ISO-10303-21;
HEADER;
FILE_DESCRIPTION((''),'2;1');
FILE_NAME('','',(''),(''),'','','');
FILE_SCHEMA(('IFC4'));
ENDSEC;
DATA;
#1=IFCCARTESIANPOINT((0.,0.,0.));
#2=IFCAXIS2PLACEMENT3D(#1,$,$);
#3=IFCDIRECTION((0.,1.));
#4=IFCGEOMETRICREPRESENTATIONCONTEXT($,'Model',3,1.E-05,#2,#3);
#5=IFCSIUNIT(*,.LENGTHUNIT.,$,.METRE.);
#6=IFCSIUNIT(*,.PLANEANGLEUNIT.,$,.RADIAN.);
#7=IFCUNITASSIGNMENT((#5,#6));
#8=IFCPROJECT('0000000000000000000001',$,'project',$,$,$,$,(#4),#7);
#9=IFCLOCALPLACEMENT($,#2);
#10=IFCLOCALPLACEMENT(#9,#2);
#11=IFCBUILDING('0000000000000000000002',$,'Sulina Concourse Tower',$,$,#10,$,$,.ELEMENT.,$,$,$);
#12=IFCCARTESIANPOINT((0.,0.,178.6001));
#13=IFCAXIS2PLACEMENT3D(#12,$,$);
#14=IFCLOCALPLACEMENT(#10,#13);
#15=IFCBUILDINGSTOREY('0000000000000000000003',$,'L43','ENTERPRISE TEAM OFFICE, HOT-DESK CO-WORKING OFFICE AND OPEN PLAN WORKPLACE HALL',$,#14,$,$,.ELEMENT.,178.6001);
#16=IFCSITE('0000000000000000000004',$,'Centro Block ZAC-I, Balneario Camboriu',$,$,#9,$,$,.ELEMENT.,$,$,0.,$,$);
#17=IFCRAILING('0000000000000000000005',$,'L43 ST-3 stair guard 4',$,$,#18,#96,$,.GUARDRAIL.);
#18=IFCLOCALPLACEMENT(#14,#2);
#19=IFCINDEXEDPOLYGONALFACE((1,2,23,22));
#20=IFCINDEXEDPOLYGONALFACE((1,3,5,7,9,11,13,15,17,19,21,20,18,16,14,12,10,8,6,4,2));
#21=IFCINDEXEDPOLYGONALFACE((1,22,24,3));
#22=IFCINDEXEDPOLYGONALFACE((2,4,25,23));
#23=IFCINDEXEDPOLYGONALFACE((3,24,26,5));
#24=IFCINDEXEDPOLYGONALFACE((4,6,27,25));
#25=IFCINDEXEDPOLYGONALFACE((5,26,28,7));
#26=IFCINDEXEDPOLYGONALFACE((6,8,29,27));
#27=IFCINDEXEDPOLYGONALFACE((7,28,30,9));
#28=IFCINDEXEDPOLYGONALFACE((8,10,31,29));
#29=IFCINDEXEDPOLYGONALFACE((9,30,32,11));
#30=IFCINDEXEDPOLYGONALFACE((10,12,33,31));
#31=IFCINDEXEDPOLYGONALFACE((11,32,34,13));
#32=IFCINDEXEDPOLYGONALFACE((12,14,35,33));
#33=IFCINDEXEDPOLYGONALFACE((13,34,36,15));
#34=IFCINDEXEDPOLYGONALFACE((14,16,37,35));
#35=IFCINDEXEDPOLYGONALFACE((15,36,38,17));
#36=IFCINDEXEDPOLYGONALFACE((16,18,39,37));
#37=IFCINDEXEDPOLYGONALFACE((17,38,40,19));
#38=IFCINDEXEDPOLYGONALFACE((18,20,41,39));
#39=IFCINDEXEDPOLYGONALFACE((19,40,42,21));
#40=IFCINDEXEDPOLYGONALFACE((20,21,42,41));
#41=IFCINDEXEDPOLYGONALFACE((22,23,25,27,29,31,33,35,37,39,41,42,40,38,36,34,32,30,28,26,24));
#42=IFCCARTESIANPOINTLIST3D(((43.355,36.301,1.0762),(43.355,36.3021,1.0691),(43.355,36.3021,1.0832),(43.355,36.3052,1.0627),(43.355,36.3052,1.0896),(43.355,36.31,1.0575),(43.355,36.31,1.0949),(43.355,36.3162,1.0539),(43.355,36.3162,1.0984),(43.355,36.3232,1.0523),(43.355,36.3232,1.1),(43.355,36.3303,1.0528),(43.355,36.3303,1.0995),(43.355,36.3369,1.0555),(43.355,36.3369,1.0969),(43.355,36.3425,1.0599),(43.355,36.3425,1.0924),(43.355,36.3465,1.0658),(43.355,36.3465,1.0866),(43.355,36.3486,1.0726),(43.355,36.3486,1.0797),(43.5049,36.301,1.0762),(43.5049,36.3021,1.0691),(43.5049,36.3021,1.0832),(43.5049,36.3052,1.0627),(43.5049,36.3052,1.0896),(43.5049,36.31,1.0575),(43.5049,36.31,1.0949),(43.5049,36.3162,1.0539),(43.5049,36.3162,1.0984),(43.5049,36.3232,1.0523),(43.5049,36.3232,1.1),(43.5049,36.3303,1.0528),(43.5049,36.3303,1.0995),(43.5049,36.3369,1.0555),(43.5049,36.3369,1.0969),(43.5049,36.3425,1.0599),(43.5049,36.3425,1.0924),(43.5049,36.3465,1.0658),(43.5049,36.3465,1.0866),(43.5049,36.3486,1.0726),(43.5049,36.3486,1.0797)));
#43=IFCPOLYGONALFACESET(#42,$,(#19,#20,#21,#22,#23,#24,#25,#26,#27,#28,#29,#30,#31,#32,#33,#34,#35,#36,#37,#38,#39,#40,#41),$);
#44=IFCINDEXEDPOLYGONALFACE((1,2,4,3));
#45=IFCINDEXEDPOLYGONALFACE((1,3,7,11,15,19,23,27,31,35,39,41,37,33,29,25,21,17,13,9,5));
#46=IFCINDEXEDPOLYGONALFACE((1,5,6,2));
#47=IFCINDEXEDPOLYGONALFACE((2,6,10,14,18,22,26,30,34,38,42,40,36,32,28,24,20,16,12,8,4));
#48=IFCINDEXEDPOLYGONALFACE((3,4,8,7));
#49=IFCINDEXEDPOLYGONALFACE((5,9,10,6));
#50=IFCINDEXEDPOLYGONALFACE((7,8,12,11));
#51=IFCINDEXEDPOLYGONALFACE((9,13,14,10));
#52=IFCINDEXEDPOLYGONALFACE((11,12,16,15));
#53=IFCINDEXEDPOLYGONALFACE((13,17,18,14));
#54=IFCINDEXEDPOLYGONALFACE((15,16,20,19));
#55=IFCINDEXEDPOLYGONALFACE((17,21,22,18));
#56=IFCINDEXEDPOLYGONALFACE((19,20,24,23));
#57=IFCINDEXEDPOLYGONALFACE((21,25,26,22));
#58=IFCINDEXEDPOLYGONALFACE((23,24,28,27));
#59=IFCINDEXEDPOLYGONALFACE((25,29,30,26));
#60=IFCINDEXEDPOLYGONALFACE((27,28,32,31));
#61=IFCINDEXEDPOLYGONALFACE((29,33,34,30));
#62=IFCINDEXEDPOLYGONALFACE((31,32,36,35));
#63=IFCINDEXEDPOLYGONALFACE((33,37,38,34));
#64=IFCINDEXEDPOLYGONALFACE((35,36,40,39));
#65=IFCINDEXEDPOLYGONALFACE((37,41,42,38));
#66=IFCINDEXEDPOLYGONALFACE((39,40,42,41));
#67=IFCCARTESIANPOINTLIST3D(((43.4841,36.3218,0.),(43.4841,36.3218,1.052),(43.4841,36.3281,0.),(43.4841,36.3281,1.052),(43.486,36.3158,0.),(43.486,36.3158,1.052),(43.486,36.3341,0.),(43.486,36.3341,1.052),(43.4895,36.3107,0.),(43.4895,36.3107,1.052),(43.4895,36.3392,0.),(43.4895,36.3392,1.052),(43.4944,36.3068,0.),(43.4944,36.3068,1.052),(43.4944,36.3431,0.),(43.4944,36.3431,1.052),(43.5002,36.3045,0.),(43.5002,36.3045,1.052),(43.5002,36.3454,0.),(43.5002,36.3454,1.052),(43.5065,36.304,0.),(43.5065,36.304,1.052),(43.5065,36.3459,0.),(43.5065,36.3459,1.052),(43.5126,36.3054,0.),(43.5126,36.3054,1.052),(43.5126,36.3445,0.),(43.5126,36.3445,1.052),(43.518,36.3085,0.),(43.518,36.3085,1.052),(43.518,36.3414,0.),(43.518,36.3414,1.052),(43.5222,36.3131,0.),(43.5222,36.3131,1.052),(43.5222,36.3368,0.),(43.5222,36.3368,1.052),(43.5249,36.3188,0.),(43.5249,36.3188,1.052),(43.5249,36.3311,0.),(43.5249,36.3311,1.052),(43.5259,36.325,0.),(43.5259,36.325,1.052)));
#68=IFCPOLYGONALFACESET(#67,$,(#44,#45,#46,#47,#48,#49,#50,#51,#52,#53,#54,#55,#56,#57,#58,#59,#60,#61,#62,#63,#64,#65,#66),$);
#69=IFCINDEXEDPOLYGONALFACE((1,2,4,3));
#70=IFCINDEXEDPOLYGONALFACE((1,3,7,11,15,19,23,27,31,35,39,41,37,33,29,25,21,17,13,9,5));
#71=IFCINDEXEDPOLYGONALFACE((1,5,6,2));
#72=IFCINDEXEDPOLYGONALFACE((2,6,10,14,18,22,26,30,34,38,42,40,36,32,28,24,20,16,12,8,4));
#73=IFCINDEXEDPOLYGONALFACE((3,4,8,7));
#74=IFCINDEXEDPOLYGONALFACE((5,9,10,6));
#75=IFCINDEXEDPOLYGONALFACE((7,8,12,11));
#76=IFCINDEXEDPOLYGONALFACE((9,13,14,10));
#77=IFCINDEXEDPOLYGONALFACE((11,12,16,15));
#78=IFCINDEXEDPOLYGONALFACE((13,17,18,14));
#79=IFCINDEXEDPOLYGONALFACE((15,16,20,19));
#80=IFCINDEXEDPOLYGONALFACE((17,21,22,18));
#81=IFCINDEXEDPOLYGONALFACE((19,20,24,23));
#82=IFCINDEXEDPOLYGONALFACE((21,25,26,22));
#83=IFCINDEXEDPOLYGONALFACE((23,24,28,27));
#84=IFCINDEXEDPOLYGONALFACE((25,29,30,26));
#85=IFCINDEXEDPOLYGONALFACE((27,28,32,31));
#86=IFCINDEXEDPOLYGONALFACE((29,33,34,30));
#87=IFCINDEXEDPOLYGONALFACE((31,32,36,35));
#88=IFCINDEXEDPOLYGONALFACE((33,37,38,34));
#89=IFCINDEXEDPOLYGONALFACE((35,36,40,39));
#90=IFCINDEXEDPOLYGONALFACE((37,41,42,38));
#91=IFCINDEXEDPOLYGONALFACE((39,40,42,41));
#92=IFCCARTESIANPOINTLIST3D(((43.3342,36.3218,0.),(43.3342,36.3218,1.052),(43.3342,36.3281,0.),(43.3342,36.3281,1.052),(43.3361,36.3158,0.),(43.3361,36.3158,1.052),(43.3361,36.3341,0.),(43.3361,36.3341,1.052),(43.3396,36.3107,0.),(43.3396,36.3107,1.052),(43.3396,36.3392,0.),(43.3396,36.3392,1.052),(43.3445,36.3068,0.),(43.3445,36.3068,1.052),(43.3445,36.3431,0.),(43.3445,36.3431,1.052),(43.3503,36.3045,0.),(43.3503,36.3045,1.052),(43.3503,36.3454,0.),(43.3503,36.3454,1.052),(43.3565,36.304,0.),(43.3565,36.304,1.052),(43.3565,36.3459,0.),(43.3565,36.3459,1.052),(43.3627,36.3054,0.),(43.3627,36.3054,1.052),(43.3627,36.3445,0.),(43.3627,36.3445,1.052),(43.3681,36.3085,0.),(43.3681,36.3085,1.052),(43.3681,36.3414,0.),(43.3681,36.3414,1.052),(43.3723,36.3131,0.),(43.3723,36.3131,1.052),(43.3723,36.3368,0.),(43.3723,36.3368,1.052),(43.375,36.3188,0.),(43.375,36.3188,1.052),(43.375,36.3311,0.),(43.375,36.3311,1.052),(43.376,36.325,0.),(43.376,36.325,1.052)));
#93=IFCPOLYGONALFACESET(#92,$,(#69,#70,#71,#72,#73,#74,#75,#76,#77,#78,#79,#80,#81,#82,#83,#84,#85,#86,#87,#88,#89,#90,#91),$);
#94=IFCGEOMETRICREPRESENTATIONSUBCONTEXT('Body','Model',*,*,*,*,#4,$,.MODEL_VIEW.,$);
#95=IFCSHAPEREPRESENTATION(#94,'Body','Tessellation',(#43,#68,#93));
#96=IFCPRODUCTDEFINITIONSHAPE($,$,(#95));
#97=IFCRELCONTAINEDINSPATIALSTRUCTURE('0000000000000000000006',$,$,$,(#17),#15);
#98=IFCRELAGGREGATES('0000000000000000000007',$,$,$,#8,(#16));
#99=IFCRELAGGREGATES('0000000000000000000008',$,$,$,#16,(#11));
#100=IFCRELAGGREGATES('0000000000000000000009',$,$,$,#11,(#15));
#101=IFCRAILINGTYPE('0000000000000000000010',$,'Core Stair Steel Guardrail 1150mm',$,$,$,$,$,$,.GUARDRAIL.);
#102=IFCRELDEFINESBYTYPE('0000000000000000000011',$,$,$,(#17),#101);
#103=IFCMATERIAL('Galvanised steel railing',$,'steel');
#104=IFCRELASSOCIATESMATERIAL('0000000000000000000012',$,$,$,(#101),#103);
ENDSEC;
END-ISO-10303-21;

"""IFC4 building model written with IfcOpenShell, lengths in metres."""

from ifc_helpers import new_model, si_unit, direction, frame, origin, origin_2d, place, context, subcontext, project, spatial, circle, extrude, material, type_object, element, save


model = new_model("IFC4")

# Units and contexts
model_context = context("Model", 3, precision=1e-05, world=origin(), true_north=direction((0.0, 1.0)))
body_context = subcontext(model_context, "Body", "Model", "MODEL_VIEW")
ifc_project = project(units=[si_unit("LENGTHUNIT", "METRE"), si_unit("PLANEANGLEUNIT", "RADIAN")], contexts=[model_context])

# Site, building, storey
site_placement = place(None, origin())
site = spatial("IfcSite", under=ifc_project, at=site_placement, Name="Centro Block ZAC-I, Balneario Camboriu", CompositionType="ELEMENT", RefElevation=0.0)
building_placement = place(site_placement, origin())
building = spatial("IfcBuilding", under=site, at=building_placement, Name="Sulina Concourse Tower", CompositionType="ELEMENT")
storey_placement = place(building_placement, frame((0.0, 0.0, 178.6001)))
storey = spatial("IfcBuildingStorey", under=building, at=storey_placement, Name="L43", Description="ENTERPRISE TEAM OFFICE, HOT-DESK CO-WORKING OFFICE AND OPEN PLAN WORKPLACE HALL", CompositionType="ELEMENT", Elevation=178.6001)

# Railing
ifc_material_1 = material(Name="Galvanised steel railing", Category="steel")
railing_type_1 = type_object("IfcRailingType", Name="Core Stair Steel Guardrail 1150mm", PredefinedType="GUARDRAIL", material=ifc_material_1)
railing_1_placement = place(storey_placement, frame((43.5049, 36.325, 0.0)))
element("IfcRailing", 1, at=railing_1_placement, inside=storey, type_object=railing_type_1, Name="L43 ST-3 stair guard 4", PredefinedType="GUARDRAIL", context=body_context, shape_type="SweptSolid", body=[
    extrude(circle(Radius=0.0239, at=origin_2d()), frame((0.0, 0.0, 1.0762), z_axis=(-1.0, 0.0, 0.0), x_axis=(0.0, -1.0, 0.0)), (0.0, 0.0, 1.0), 0.1499),
    extrude(circle(Radius=0.021, at=origin_2d()), origin(), (0.0, 0.0, 1.0), 1.052),
    extrude(circle(Radius=0.021, at=origin_2d()), frame((-0.1499, 0.0, 0.0)), (0.0, 0.0, 1.0), 1.052),
])

save(model, "model.ifc")
